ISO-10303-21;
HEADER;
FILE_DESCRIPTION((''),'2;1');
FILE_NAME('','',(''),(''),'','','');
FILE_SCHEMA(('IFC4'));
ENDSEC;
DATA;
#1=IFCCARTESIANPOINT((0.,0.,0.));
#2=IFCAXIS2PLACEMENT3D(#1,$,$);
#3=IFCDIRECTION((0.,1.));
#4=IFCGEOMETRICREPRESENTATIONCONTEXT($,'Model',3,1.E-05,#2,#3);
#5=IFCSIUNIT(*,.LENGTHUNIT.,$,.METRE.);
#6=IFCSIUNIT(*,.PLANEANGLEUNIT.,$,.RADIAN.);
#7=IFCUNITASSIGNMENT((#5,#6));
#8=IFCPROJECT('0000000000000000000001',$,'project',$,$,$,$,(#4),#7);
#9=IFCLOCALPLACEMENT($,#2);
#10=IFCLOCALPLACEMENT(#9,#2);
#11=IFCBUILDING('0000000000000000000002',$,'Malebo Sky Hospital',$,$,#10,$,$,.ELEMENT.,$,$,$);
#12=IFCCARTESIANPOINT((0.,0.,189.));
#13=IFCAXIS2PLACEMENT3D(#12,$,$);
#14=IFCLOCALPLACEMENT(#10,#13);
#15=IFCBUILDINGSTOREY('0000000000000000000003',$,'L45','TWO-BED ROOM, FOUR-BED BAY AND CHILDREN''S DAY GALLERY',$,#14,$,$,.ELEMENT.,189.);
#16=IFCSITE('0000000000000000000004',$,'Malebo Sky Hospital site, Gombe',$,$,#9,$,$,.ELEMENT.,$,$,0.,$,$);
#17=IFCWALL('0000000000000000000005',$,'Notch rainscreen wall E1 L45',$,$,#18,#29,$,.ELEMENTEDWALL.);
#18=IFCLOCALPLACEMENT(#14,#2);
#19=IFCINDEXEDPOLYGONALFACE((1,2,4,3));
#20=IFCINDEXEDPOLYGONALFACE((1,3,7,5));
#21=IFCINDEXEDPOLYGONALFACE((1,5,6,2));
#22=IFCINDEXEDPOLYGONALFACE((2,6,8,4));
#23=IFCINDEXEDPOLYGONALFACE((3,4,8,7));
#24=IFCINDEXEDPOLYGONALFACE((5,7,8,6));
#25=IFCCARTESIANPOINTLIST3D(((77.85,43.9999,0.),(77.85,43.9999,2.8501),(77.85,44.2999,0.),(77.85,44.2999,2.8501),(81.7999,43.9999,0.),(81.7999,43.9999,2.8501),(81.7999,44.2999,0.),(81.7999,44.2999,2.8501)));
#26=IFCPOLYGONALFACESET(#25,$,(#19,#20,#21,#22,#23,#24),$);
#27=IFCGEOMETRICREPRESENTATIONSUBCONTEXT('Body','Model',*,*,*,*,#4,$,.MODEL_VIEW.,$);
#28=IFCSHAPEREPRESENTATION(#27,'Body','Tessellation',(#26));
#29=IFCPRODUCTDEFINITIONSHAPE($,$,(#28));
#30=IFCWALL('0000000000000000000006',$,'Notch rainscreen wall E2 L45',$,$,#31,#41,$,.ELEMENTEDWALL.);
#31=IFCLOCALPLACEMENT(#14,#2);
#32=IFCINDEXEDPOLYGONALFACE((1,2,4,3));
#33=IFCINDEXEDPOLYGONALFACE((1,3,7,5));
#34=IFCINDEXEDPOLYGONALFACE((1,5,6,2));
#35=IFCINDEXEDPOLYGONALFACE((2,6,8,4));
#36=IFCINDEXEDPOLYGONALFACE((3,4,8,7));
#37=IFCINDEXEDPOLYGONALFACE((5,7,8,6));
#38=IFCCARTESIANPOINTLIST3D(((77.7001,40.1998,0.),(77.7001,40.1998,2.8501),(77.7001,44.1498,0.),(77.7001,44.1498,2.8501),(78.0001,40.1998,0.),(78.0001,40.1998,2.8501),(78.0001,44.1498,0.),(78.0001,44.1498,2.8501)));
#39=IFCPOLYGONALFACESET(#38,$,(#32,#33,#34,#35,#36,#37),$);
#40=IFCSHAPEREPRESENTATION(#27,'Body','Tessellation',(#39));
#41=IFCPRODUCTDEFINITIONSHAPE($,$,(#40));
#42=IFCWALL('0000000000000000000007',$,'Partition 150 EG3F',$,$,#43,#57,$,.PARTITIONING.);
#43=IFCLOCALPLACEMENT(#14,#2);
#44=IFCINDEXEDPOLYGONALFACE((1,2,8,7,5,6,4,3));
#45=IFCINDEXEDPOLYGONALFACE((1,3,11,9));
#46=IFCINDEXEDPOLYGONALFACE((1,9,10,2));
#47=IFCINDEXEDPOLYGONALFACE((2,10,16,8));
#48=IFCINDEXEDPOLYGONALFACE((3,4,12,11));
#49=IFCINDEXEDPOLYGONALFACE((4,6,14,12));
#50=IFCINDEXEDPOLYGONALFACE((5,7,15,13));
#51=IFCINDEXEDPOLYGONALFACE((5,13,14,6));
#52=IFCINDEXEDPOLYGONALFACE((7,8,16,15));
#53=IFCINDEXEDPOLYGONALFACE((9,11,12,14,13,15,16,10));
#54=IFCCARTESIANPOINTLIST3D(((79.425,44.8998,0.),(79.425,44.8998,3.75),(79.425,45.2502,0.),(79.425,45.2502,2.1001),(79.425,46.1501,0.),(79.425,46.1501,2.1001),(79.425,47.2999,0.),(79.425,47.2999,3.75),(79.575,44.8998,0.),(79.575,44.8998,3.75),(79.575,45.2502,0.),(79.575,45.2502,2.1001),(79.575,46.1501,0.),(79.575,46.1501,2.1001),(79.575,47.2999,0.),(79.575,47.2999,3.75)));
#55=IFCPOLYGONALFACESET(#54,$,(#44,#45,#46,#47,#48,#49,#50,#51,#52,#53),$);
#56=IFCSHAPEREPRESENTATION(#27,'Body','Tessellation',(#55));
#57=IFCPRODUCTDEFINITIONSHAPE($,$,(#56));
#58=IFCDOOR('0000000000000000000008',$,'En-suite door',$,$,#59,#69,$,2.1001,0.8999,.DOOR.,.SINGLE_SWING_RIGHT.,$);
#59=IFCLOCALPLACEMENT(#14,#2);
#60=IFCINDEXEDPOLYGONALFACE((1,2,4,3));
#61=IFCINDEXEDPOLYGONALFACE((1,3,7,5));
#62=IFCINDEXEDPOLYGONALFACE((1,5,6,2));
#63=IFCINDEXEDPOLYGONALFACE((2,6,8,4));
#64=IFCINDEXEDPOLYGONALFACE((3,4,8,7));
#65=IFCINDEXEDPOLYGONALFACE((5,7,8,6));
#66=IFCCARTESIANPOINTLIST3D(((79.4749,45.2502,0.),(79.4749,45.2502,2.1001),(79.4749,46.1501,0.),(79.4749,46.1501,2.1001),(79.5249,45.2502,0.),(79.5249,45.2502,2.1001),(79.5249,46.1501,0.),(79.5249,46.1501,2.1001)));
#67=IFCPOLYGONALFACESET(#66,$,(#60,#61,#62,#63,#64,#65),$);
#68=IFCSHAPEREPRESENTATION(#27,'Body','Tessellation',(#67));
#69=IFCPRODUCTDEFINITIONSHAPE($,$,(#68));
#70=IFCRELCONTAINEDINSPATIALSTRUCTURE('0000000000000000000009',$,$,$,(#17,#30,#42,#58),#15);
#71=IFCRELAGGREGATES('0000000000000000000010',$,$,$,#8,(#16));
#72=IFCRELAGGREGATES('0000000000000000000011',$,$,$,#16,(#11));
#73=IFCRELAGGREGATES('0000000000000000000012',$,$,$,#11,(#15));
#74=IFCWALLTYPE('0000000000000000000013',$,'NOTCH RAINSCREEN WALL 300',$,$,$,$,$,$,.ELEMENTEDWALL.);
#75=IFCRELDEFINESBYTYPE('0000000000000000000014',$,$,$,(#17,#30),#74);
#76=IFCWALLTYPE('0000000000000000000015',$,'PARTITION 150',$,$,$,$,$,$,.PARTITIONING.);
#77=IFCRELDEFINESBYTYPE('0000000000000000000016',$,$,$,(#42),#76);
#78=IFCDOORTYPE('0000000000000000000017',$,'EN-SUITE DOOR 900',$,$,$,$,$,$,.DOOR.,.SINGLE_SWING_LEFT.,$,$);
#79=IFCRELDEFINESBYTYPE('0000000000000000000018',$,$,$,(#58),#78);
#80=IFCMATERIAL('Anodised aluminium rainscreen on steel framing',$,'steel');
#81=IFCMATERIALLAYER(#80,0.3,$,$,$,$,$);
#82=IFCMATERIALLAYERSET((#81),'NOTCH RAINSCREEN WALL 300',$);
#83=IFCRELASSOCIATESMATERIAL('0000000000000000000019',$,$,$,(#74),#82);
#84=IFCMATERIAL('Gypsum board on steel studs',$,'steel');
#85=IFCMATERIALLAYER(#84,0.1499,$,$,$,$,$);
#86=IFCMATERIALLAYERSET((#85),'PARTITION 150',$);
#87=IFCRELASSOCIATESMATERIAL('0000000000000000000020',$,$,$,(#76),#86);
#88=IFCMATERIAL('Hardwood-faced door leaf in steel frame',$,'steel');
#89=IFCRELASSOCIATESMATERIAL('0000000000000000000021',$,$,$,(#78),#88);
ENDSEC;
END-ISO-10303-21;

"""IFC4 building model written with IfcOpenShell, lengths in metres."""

from ifc_helpers import new_model, si_unit, direction, frame, frame_2d, origin, place, context, subcontext, project, spatial, rectangle, extrude, material, layer, layer_set, type_object, element, fill, save


model = new_model("IFC4")

# Units and contexts
model_context = context("Model", 3, precision=1e-05, world=origin(), true_north=direction((0.0, 1.0)))
body_context = subcontext(model_context, "Body", "Model", "MODEL_VIEW")
ifc_project = project(units=[si_unit("LENGTHUNIT", "METRE"), si_unit("PLANEANGLEUNIT", "RADIAN")], contexts=[model_context])

# Site, building, storey
site_placement = place(None, origin())
site = spatial("IfcSite", under=ifc_project, at=site_placement, Name="Malebo Sky Hospital site, Gombe", CompositionType="ELEMENT", RefElevation=0.0)
building_placement = place(site_placement, origin())
building = spatial("IfcBuilding", under=site, at=building_placement, Name="Malebo Sky Hospital", CompositionType="ELEMENT")
storey_placement = place(building_placement, frame((0.0, 0.0, 189.0)))
storey = spatial("IfcBuildingStorey", under=building, at=storey_placement, Name="L45", Description="TWO-BED ROOM, FOUR-BED BAY AND CHILDREN'S DAY GALLERY", CompositionType="ELEMENT", Elevation=189.0)

# Walls
ifc_material_1 = material(Name="Anodised aluminium rainscreen on steel framing", Category="steel")
ifc_layer_1 = layer(ifc_material_1, 0.3)
ifc_layer_set_1 = layer_set([ifc_layer_1], Name="NOTCH RAINSCREEN WALL 300")
wall_type_1 = type_object("IfcWallType", Name="NOTCH RAINSCREEN WALL 300", PredefinedType="ELEMENTEDWALL", material=ifc_layer_set_1)
for number, where, z_axis, x_axis, name in (
    (1, (81.8, 44.1499, 0.0), (0.0, 0.0, 1.0), (-1.0, 0.0, 0.0), "Notch rainscreen wall E1 L45"),
    (2, (77.8501, 44.1499, 0.0), (0.0, 0.0, 1.0), (0.0, -1.0, 0.0), "Notch rainscreen wall E2 L45"),
):
    element("IfcWall", number, at=place(storey_placement, frame(where, z_axis=z_axis, x_axis=x_axis)), inside=storey, type_object=wall_type_1, Name=name, PredefinedType="ELEMENTEDWALL", context=body_context, shape_type="SweptSolid", body=[
        extrude(rectangle(XDim=3.95, YDim=0.3, at=frame_2d((1.9751, 0.0))), origin(), (0.0, 0.0, 1.0), 2.8501),
    ])

# Wall, opening, door
ifc_material_2 = material(Name="Gypsum board on steel studs", Category="steel")
ifc_layer_2 = layer(ifc_material_2, 0.1499)
ifc_layer_set_2 = layer_set([ifc_layer_2], Name="PARTITION 150")
wall_type_2 = type_object("IfcWallType", Name="PARTITION 150", PredefinedType="PARTITIONING", material=ifc_layer_set_2)
wall_placement = place(storey_placement, frame((79.5, 47.3, 0.0), z_axis=(0.0, 0.0, 1.0), x_axis=(0.0, -1.0, 0.0)))
wall = element("IfcWall", 3, at=wall_placement, inside=storey, type_object=wall_type_2, Name="Partition 150 EG3F", PredefinedType="PARTITIONING", context=body_context, shape_type="SweptSolid", body=[
    extrude(rectangle(XDim=2.4001, YDim=0.1499, at=frame_2d((1.2002, 0.0))), origin(), (0.0, 0.0, 1.0), 3.75),
])
opening_placement = place(wall_placement, frame((1.1499, 0.0, 0.0)))
opening = element("IfcOpeningElement", 4, at=opening_placement, cuts=wall, PredefinedType="OPENING", context=body_context, shape_type="SweptSolid", body=[
    extrude(rectangle(XDim=0.8999, YDim=2.1001, at=frame_2d((0.45, 1.05))), frame((0.0, 0.085, 0.0), z_axis=(0.0, -1.0, 0.0), x_axis=(1.0, 0.0, 0.0)), (0.0, 0.0, 1.0), 0.1699),
])
ifc_material_3 = material(Name="Hardwood-faced door leaf in steel frame", Category="steel")
door_type = type_object("IfcDoorType", Name="EN-SUITE DOOR 900", OperationType="SINGLE_SWING_LEFT", PredefinedType="DOOR", material=ifc_material_3)
door_placement = place(opening_placement, origin())
door = element("IfcDoor", 5, at=door_placement, inside=storey, type_object=door_type, Name="En-suite door", OperationType="SINGLE_SWING_RIGHT", OverallHeight=2.1001, OverallWidth=0.8999, PredefinedType="DOOR", context=body_context, shape_type="SweptSolid", body=[
    extrude(rectangle(XDim=0.8999, YDim=2.1001, at=frame_2d((0.45, 1.05))), frame((0.0, 0.0249, 0.0), z_axis=(0.0, -1.0, 0.0), x_axis=(1.0, 0.0, 0.0)), (0.0, 0.0, 1.0), 0.05),
])
fill(opening, door)

save(model, "model.ifc")
